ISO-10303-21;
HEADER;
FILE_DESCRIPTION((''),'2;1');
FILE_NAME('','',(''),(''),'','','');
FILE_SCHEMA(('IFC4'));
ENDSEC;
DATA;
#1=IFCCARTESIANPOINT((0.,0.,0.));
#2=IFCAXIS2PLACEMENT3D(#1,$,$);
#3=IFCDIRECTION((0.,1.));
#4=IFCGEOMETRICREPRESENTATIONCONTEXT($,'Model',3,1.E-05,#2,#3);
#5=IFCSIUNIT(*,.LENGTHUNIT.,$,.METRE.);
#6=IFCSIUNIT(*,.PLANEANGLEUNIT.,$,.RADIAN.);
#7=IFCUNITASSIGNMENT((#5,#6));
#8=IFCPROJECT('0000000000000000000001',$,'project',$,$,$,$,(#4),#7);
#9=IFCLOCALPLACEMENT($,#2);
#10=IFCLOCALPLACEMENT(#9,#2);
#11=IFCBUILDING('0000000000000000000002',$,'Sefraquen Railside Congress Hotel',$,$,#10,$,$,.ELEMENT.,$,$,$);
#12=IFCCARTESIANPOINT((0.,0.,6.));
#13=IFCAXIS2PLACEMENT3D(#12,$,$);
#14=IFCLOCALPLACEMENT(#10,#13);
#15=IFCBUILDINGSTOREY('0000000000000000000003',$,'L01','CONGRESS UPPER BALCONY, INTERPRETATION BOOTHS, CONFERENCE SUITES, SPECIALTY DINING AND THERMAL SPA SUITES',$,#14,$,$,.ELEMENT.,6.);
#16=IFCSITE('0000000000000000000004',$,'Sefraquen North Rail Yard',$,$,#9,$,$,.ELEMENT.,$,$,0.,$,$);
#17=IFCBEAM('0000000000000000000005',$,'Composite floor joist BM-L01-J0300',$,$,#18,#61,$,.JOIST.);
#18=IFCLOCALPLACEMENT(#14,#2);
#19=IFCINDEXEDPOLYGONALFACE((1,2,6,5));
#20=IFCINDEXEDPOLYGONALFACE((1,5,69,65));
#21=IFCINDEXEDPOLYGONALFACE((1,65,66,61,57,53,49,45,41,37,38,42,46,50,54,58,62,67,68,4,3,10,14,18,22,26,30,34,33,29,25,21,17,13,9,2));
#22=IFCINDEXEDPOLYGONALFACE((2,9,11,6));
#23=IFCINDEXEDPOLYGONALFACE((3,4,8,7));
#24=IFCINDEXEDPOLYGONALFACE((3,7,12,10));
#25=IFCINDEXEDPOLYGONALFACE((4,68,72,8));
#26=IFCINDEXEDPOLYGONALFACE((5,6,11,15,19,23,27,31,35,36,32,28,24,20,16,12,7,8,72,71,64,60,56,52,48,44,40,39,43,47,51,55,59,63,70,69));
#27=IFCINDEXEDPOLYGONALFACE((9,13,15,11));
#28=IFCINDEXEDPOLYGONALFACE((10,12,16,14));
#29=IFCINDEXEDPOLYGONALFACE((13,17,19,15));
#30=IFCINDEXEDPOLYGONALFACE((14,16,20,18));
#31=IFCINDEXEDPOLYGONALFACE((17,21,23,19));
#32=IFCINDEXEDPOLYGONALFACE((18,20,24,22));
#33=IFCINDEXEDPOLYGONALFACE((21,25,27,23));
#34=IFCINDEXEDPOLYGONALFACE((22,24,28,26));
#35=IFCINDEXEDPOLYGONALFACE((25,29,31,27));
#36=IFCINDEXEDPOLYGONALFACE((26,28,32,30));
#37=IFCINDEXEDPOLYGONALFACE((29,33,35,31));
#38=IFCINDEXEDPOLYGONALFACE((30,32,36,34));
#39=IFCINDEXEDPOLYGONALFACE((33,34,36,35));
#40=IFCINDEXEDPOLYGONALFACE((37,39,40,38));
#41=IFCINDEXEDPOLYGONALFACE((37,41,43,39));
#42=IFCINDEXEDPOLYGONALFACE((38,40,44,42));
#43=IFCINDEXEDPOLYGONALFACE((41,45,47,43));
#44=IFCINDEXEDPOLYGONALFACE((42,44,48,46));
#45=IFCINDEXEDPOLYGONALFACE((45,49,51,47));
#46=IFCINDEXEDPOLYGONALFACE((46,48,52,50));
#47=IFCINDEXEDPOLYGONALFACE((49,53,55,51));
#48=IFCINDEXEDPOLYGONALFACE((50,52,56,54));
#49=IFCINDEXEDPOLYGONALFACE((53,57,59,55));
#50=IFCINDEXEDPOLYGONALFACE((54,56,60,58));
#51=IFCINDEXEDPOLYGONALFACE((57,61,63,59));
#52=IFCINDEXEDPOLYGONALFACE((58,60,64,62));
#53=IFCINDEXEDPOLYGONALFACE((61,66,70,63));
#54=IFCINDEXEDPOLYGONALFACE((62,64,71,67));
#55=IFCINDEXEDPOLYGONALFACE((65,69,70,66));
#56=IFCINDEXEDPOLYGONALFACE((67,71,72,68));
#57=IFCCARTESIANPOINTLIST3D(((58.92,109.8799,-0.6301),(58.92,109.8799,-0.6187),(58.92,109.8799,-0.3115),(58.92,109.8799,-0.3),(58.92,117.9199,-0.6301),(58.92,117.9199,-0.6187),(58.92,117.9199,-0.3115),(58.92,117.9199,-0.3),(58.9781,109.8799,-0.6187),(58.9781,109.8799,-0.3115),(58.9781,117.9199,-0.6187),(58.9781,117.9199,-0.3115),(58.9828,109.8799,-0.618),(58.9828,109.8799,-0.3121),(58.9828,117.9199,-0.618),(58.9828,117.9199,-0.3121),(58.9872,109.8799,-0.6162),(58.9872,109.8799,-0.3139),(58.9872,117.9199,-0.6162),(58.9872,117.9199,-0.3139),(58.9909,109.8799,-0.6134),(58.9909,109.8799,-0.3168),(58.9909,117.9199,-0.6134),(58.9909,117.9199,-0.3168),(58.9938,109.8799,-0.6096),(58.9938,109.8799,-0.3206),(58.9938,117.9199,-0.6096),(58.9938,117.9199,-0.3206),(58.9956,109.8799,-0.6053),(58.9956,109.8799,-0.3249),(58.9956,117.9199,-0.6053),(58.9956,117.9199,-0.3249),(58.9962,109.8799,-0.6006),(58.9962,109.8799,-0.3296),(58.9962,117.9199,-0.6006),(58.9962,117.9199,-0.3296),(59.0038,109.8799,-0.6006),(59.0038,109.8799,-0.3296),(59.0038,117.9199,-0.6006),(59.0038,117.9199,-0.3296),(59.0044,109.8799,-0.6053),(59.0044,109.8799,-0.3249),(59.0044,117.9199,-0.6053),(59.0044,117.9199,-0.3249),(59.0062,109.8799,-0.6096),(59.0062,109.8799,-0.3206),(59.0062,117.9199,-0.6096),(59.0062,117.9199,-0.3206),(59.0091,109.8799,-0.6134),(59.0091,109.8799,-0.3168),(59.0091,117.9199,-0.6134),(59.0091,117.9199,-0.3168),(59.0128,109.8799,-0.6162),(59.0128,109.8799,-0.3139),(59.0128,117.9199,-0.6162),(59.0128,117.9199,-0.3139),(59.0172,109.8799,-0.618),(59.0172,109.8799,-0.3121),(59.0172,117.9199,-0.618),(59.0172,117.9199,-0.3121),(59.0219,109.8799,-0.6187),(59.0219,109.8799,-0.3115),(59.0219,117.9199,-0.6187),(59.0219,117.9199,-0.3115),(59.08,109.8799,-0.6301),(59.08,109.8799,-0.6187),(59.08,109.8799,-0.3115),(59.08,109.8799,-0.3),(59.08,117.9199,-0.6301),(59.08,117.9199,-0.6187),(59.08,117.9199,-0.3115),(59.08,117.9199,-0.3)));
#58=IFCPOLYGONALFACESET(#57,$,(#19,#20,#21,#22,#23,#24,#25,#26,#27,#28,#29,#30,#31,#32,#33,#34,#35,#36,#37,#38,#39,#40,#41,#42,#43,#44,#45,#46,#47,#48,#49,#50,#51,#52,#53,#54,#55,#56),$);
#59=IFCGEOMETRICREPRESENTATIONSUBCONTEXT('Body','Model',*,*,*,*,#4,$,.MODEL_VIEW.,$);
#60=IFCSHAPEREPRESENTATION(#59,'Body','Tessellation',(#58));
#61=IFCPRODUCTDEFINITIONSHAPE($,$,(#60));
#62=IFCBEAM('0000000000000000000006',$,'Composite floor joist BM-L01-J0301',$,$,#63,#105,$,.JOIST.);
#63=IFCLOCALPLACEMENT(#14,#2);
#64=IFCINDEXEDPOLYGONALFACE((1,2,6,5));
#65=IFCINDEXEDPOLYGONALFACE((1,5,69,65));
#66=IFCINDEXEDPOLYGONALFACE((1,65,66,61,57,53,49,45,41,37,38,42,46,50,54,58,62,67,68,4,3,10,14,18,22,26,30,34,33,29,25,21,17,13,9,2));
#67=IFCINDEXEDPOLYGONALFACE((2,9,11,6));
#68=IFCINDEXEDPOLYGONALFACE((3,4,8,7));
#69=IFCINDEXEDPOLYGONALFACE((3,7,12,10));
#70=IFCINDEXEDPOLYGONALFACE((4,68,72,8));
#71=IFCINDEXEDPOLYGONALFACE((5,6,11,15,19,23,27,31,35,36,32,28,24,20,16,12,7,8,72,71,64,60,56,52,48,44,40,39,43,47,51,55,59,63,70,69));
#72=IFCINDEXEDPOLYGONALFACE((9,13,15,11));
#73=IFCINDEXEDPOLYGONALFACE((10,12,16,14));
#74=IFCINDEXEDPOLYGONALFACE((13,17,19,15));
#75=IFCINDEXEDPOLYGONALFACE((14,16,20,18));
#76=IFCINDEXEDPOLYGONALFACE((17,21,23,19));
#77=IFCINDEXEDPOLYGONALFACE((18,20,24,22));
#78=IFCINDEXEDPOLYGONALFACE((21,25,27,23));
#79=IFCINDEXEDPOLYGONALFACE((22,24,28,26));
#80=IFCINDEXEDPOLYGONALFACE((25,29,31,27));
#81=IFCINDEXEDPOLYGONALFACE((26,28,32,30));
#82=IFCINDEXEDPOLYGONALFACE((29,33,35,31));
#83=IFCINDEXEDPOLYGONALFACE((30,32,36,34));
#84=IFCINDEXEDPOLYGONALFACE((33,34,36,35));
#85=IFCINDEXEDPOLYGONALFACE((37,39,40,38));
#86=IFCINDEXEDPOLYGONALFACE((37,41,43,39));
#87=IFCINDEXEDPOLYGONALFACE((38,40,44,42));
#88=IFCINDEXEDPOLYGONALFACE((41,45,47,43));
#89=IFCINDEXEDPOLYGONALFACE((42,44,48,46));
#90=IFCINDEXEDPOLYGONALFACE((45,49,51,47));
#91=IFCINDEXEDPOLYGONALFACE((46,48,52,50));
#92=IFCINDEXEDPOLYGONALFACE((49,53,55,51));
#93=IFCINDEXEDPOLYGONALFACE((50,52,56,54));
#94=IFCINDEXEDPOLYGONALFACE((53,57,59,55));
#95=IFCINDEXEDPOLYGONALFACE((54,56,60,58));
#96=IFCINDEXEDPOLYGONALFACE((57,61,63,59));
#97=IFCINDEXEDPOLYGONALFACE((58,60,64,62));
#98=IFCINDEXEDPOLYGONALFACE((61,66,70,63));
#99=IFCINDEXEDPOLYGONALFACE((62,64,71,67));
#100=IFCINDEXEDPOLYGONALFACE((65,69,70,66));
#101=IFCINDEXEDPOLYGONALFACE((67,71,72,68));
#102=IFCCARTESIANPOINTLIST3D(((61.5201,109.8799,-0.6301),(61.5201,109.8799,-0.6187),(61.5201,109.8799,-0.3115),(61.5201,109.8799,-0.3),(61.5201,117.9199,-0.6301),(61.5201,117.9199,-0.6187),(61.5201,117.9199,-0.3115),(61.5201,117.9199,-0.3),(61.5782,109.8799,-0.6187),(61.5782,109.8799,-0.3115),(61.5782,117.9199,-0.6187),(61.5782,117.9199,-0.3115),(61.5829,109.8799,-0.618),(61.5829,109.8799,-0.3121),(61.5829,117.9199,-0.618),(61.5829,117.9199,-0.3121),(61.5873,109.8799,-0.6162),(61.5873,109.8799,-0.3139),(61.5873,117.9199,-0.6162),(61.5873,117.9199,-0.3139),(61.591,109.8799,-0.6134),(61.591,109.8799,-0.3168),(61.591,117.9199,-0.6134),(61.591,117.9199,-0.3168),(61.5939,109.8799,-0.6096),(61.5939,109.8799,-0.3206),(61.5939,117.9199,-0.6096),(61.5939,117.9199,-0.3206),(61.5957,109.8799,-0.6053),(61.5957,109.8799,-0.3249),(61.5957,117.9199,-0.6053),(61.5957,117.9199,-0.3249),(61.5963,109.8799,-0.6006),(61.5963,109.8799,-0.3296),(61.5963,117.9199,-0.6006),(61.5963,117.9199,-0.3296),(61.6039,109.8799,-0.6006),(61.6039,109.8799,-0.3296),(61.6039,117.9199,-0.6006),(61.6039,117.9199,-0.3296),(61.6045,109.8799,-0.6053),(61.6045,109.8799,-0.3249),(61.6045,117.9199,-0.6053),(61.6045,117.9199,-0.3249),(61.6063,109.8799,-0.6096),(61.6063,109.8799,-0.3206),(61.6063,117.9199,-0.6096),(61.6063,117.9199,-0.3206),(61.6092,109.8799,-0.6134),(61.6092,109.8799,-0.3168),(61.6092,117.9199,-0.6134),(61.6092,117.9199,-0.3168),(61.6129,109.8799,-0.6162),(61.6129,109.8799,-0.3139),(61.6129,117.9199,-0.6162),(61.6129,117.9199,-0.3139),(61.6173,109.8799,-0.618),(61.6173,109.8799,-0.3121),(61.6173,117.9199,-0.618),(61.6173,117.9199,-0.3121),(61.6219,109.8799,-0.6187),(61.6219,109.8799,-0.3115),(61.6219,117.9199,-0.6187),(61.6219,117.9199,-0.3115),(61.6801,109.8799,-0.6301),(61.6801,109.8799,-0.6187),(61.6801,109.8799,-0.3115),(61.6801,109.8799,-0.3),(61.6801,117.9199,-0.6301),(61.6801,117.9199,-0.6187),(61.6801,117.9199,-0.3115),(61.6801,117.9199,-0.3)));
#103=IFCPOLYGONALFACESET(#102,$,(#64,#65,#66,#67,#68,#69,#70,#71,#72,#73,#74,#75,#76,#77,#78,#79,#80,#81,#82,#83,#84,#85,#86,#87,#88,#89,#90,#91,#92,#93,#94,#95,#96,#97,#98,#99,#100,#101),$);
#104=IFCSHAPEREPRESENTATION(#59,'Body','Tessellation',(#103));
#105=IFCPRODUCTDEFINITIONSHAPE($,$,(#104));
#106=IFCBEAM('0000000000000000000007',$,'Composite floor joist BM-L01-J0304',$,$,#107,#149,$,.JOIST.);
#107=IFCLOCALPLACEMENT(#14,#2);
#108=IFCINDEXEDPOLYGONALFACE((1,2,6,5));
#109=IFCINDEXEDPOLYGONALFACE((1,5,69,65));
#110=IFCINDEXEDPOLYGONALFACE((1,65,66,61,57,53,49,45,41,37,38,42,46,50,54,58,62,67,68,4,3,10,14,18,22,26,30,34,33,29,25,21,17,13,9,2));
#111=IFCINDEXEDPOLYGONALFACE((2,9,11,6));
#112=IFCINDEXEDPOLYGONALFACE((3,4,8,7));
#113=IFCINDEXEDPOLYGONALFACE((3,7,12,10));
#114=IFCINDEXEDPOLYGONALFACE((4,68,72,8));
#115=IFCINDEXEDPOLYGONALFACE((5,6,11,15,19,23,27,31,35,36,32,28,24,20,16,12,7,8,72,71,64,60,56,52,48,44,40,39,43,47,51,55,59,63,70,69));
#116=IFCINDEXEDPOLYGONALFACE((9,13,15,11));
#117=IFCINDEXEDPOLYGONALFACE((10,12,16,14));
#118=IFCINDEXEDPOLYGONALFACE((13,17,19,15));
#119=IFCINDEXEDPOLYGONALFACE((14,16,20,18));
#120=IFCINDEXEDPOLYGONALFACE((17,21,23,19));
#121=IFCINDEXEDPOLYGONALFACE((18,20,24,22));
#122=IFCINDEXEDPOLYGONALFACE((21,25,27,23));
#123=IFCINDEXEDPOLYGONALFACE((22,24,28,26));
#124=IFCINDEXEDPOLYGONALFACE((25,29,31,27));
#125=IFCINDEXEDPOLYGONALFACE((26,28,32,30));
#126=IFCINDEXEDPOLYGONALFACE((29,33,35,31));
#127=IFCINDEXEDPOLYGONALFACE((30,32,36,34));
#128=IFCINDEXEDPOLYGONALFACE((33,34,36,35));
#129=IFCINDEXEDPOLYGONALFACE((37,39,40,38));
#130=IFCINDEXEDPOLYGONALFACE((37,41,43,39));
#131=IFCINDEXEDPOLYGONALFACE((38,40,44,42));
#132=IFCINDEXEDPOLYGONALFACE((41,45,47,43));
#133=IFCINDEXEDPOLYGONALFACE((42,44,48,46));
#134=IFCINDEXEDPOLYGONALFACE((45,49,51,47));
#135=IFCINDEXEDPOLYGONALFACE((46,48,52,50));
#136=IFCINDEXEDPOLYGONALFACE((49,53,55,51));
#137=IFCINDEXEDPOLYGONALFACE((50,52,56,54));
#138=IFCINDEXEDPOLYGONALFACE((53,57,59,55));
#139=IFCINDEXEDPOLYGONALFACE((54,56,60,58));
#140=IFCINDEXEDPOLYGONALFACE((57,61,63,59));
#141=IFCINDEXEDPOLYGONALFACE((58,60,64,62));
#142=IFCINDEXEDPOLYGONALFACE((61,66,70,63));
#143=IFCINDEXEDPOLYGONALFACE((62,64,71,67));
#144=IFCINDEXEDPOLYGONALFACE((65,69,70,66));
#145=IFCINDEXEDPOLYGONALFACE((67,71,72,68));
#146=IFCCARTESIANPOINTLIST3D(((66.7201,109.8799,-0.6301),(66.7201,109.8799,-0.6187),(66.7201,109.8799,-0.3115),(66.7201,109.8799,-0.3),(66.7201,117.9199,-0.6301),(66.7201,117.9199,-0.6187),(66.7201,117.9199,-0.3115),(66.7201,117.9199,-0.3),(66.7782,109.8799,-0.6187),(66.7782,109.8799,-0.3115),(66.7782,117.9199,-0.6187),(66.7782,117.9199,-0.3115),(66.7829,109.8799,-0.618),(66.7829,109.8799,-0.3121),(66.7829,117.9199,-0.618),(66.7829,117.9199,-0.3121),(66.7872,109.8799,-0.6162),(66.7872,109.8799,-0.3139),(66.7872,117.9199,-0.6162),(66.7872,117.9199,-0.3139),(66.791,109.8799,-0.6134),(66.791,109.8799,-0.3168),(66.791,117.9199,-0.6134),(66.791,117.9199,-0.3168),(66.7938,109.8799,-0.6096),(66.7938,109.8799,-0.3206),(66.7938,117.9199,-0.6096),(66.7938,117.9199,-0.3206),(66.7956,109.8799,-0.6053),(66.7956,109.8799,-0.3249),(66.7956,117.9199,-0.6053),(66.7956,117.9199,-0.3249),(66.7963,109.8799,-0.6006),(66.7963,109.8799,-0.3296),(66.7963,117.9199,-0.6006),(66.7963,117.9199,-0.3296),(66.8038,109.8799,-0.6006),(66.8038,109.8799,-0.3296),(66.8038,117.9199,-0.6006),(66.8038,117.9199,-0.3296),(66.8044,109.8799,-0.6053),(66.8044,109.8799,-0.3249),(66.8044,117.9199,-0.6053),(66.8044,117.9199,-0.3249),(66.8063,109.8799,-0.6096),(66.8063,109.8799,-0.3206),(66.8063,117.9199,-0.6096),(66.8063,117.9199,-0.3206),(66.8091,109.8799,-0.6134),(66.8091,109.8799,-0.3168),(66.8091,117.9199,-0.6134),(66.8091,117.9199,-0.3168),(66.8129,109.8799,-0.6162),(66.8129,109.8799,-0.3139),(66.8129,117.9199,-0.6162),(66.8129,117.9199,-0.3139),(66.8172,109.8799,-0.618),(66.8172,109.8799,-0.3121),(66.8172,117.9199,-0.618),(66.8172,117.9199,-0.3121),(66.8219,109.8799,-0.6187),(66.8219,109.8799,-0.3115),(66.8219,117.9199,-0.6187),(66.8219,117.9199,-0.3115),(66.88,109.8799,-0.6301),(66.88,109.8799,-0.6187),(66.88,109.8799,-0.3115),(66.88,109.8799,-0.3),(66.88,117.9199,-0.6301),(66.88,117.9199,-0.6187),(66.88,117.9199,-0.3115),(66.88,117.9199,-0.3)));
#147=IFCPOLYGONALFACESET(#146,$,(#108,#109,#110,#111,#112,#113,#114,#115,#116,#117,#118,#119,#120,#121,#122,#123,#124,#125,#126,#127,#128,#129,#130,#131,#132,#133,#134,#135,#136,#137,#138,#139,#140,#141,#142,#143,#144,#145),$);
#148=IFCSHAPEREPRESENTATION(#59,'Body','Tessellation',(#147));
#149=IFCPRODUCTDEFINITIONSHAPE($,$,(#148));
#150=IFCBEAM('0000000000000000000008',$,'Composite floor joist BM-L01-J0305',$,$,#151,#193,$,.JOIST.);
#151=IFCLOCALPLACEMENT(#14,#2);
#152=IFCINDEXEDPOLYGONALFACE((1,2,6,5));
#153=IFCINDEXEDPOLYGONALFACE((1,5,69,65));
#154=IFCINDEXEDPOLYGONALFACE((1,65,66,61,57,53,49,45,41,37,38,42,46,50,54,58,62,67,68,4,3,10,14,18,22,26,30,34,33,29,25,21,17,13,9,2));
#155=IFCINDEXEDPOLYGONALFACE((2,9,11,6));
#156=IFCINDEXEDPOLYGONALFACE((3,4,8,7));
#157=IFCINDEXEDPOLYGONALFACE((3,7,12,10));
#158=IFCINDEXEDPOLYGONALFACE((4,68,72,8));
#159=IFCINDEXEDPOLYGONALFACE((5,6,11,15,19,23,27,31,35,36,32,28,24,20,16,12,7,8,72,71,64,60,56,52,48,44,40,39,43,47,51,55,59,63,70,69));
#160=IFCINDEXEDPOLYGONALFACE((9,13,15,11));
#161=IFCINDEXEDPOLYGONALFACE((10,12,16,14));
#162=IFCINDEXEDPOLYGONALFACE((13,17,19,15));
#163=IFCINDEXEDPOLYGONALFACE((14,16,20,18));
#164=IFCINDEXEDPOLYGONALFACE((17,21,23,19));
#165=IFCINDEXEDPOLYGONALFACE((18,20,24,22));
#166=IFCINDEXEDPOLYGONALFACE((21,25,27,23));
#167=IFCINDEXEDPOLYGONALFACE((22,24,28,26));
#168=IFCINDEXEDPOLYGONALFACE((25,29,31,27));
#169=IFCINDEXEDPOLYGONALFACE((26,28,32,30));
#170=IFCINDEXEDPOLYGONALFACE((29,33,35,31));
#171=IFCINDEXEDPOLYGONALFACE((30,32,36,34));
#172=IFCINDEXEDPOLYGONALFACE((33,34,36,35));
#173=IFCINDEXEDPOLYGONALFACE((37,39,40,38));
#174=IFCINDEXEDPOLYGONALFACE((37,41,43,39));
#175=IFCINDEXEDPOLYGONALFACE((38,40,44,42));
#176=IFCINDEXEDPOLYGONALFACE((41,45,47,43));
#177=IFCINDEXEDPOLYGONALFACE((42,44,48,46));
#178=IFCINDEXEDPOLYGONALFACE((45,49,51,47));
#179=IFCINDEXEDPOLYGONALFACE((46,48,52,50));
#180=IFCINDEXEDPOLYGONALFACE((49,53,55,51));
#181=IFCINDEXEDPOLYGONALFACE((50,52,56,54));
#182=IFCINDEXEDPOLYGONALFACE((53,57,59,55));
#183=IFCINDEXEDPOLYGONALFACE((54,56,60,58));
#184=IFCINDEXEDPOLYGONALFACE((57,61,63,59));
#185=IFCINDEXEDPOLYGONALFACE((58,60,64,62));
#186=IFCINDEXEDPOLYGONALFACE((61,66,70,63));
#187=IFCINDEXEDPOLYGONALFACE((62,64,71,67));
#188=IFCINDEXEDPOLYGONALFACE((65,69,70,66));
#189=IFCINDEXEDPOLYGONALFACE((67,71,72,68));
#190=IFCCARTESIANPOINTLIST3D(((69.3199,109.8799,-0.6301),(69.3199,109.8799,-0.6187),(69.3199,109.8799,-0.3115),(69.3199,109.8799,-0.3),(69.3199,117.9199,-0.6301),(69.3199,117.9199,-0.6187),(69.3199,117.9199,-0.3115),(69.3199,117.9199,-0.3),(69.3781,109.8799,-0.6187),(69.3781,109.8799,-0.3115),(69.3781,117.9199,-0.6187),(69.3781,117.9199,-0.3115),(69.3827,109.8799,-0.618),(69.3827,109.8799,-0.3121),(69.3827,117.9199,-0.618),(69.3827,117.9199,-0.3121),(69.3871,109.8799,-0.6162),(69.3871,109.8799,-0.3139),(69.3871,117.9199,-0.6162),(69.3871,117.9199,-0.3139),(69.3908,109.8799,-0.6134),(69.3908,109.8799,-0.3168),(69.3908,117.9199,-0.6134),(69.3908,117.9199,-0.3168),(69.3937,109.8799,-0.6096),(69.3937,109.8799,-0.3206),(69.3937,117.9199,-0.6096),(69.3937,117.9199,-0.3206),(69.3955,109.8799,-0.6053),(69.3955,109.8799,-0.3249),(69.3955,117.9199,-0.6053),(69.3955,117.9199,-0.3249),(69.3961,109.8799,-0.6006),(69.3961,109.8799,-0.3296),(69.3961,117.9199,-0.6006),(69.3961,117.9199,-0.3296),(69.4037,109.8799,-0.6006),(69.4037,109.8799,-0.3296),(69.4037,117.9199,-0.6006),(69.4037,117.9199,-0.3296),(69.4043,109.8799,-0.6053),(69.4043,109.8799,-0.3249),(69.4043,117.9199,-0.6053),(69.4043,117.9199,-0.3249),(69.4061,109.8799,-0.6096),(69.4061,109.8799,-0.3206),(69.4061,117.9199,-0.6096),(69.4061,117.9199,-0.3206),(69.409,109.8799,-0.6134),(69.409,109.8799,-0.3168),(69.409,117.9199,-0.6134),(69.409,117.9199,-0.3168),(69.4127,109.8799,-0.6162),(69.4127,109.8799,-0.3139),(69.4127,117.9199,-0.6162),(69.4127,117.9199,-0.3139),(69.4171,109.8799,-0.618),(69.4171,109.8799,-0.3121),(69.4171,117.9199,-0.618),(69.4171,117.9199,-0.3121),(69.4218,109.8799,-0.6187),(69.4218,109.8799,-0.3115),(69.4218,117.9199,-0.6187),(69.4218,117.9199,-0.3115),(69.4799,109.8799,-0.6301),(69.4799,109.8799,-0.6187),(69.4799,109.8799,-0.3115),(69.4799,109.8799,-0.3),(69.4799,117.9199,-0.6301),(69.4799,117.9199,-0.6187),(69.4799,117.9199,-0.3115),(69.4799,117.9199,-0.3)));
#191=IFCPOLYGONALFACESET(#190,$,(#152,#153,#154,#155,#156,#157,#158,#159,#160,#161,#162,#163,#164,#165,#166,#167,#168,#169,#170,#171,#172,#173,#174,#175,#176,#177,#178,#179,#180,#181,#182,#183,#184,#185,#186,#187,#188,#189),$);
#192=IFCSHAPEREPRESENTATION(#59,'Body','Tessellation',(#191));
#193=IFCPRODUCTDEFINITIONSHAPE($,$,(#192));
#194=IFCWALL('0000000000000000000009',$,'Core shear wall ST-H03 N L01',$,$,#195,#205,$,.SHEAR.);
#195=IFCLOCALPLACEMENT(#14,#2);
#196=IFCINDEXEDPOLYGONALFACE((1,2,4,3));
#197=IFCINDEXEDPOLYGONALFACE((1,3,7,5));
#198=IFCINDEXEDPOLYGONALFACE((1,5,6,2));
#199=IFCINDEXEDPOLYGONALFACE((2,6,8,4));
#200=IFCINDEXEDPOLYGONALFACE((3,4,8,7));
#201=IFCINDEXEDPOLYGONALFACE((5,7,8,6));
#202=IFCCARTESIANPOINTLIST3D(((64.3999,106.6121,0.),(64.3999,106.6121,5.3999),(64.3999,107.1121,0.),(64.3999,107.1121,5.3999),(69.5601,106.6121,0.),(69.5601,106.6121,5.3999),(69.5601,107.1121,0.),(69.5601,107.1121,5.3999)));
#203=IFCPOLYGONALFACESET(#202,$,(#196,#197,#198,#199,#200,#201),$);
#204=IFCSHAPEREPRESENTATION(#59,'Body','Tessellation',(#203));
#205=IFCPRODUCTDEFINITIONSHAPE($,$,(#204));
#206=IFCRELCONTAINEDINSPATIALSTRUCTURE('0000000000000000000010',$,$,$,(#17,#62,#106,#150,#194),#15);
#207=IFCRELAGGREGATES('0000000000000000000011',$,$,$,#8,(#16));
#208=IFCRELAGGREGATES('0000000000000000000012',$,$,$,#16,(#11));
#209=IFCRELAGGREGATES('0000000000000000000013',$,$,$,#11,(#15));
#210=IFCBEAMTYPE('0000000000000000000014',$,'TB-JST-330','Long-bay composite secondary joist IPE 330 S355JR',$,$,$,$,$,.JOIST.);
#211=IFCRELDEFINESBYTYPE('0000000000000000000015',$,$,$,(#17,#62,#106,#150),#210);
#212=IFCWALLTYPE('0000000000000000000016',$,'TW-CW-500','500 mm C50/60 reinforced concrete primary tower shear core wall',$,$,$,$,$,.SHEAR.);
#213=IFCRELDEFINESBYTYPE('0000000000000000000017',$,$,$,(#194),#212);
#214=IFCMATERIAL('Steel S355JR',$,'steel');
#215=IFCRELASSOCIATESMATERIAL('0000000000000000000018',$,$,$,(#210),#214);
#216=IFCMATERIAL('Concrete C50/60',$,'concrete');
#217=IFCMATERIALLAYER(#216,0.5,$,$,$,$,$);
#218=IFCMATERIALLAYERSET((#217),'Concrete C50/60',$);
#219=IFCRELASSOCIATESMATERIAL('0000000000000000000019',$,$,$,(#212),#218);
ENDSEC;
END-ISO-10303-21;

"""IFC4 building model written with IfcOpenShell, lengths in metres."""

from ifc_helpers import new_model, si_unit, direction, frame, frame_2d, origin, origin_2d, place, context, subcontext, project, spatial, rectangle, i_section, extrude, material, layer, layer_set, material_profile, profile_set, type_object, element, save


model = new_model("IFC4")

# Units and contexts
model_context = context("Model", 3, precision=1e-05, world=origin(), true_north=direction((0.0, 1.0)))
body_context = subcontext(model_context, "Body", "Model", "MODEL_VIEW")
ifc_project = project(units=[si_unit("LENGTHUNIT", "METRE"), si_unit("PLANEANGLEUNIT", "RADIAN")], contexts=[model_context])

# Site, building, storey
site_placement = place(None, origin())
site = spatial("IfcSite", under=ifc_project, at=site_placement, Name="Sefraquen North Rail Yard", CompositionType="ELEMENT", RefElevation=0.0)
building_placement = place(site_placement, origin())
building = spatial("IfcBuilding", under=site, at=building_placement, Name="Sefraquen Railside Congress Hotel", CompositionType="ELEMENT")
storey_placement = place(building_placement, frame((0.0, 0.0, 6.0)))
storey = spatial("IfcBuildingStorey", under=building, at=storey_placement, Name="L01", Description="CONGRESS UPPER BALCONY, INTERPRETATION BOOTHS, CONFERENCE SUITES, SPECIALTY DINING AND THERMAL SPA SUITES", CompositionType="ELEMENT", Elevation=6.0)

# Shared definitions
ifc_material_1 = material(Name="Steel S355JR", Category="steel")

# Beams
ifc_material_profile_1 = material_profile(ifc_material_1, i_section(OverallWidth=0.1599, OverallDepth=0.3301, WebThickness=0.0076, FlangeThickness=0.0115, FilletRadius=0.0181, at=origin_2d()), Name="IPE 330")
ifc_profile_set_1 = profile_set([ifc_material_profile_1], Name="Steel S355JR")
beam_type_1 = type_object("IfcBeamType", Name="TB-JST-330", Description="Long-bay composite secondary joist IPE 330 S355JR", PredefinedType="JOIST", material=ifc_profile_set_1)
for number, where, z_axis, x_axis, name in (
    (1, (59.0, 109.8799, -0.4651), (0.0, 1.0, 0.0), (-1.0, 0.0, 0.0), "Composite floor joist BM-L01-J0300"),
    (2, (61.6001, 109.8799, -0.4651), (0.0, 1.0, 0.0), (-1.0, 0.0, 0.0), "Composite floor joist BM-L01-J0301"),
    (3, (66.8, 109.8799, -0.4651), (0.0, 1.0, 0.0), (-1.0, 0.0, 0.0), "Composite floor joist BM-L01-J0304"),
    (4, (69.3999, 109.8799, -0.4651), (0.0, 1.0, 0.0), (-1.0, 0.0, 0.0), "Composite floor joist BM-L01-J0305"),
):
    element("IfcBeam", number, at=place(storey_placement, frame(where, z_axis=z_axis, x_axis=x_axis)), inside=storey, type_object=beam_type_1, Name=name, PredefinedType="JOIST", context=body_context, shape_type="SweptSolid", body=[
        extrude(i_section(OverallWidth=0.1599, OverallDepth=0.3301, WebThickness=0.0076, FlangeThickness=0.0115, FilletRadius=0.0181, at=origin_2d()), origin(), (0.0, 0.0, 1.0), 8.04),
    ])

# Wall
ifc_material_2 = material(Name="Concrete C50/60", Category="concrete")
ifc_layer_1 = layer(ifc_material_2, 0.5)
ifc_layer_set_1 = layer_set([ifc_layer_1], Name="Concrete C50/60")
wall_type_1 = type_object("IfcWallType", Name="TW-CW-500", Description="500 mm C50/60 reinforced concrete primary tower shear core wall", PredefinedType="SHEAR", material=ifc_layer_set_1)
wall_1_placement = place(storey_placement, frame((64.3999, 106.8621, 0.0), z_axis=(0.0, 0.0, 1.0), x_axis=(1.0, 0.0, 0.0)))
element("IfcWall", 5, at=wall_1_placement, inside=storey, type_object=wall_type_1, Name="Core shear wall ST-H03 N L01", PredefinedType="SHEAR", context=body_context, shape_type="SweptSolid", body=[
    extrude(rectangle(XDim=5.1602, YDim=0.5, at=frame_2d((2.5801, 0.0))), origin(), (0.0, 0.0, 1.0), 5.3999),
])

save(model, "model.ifc")
